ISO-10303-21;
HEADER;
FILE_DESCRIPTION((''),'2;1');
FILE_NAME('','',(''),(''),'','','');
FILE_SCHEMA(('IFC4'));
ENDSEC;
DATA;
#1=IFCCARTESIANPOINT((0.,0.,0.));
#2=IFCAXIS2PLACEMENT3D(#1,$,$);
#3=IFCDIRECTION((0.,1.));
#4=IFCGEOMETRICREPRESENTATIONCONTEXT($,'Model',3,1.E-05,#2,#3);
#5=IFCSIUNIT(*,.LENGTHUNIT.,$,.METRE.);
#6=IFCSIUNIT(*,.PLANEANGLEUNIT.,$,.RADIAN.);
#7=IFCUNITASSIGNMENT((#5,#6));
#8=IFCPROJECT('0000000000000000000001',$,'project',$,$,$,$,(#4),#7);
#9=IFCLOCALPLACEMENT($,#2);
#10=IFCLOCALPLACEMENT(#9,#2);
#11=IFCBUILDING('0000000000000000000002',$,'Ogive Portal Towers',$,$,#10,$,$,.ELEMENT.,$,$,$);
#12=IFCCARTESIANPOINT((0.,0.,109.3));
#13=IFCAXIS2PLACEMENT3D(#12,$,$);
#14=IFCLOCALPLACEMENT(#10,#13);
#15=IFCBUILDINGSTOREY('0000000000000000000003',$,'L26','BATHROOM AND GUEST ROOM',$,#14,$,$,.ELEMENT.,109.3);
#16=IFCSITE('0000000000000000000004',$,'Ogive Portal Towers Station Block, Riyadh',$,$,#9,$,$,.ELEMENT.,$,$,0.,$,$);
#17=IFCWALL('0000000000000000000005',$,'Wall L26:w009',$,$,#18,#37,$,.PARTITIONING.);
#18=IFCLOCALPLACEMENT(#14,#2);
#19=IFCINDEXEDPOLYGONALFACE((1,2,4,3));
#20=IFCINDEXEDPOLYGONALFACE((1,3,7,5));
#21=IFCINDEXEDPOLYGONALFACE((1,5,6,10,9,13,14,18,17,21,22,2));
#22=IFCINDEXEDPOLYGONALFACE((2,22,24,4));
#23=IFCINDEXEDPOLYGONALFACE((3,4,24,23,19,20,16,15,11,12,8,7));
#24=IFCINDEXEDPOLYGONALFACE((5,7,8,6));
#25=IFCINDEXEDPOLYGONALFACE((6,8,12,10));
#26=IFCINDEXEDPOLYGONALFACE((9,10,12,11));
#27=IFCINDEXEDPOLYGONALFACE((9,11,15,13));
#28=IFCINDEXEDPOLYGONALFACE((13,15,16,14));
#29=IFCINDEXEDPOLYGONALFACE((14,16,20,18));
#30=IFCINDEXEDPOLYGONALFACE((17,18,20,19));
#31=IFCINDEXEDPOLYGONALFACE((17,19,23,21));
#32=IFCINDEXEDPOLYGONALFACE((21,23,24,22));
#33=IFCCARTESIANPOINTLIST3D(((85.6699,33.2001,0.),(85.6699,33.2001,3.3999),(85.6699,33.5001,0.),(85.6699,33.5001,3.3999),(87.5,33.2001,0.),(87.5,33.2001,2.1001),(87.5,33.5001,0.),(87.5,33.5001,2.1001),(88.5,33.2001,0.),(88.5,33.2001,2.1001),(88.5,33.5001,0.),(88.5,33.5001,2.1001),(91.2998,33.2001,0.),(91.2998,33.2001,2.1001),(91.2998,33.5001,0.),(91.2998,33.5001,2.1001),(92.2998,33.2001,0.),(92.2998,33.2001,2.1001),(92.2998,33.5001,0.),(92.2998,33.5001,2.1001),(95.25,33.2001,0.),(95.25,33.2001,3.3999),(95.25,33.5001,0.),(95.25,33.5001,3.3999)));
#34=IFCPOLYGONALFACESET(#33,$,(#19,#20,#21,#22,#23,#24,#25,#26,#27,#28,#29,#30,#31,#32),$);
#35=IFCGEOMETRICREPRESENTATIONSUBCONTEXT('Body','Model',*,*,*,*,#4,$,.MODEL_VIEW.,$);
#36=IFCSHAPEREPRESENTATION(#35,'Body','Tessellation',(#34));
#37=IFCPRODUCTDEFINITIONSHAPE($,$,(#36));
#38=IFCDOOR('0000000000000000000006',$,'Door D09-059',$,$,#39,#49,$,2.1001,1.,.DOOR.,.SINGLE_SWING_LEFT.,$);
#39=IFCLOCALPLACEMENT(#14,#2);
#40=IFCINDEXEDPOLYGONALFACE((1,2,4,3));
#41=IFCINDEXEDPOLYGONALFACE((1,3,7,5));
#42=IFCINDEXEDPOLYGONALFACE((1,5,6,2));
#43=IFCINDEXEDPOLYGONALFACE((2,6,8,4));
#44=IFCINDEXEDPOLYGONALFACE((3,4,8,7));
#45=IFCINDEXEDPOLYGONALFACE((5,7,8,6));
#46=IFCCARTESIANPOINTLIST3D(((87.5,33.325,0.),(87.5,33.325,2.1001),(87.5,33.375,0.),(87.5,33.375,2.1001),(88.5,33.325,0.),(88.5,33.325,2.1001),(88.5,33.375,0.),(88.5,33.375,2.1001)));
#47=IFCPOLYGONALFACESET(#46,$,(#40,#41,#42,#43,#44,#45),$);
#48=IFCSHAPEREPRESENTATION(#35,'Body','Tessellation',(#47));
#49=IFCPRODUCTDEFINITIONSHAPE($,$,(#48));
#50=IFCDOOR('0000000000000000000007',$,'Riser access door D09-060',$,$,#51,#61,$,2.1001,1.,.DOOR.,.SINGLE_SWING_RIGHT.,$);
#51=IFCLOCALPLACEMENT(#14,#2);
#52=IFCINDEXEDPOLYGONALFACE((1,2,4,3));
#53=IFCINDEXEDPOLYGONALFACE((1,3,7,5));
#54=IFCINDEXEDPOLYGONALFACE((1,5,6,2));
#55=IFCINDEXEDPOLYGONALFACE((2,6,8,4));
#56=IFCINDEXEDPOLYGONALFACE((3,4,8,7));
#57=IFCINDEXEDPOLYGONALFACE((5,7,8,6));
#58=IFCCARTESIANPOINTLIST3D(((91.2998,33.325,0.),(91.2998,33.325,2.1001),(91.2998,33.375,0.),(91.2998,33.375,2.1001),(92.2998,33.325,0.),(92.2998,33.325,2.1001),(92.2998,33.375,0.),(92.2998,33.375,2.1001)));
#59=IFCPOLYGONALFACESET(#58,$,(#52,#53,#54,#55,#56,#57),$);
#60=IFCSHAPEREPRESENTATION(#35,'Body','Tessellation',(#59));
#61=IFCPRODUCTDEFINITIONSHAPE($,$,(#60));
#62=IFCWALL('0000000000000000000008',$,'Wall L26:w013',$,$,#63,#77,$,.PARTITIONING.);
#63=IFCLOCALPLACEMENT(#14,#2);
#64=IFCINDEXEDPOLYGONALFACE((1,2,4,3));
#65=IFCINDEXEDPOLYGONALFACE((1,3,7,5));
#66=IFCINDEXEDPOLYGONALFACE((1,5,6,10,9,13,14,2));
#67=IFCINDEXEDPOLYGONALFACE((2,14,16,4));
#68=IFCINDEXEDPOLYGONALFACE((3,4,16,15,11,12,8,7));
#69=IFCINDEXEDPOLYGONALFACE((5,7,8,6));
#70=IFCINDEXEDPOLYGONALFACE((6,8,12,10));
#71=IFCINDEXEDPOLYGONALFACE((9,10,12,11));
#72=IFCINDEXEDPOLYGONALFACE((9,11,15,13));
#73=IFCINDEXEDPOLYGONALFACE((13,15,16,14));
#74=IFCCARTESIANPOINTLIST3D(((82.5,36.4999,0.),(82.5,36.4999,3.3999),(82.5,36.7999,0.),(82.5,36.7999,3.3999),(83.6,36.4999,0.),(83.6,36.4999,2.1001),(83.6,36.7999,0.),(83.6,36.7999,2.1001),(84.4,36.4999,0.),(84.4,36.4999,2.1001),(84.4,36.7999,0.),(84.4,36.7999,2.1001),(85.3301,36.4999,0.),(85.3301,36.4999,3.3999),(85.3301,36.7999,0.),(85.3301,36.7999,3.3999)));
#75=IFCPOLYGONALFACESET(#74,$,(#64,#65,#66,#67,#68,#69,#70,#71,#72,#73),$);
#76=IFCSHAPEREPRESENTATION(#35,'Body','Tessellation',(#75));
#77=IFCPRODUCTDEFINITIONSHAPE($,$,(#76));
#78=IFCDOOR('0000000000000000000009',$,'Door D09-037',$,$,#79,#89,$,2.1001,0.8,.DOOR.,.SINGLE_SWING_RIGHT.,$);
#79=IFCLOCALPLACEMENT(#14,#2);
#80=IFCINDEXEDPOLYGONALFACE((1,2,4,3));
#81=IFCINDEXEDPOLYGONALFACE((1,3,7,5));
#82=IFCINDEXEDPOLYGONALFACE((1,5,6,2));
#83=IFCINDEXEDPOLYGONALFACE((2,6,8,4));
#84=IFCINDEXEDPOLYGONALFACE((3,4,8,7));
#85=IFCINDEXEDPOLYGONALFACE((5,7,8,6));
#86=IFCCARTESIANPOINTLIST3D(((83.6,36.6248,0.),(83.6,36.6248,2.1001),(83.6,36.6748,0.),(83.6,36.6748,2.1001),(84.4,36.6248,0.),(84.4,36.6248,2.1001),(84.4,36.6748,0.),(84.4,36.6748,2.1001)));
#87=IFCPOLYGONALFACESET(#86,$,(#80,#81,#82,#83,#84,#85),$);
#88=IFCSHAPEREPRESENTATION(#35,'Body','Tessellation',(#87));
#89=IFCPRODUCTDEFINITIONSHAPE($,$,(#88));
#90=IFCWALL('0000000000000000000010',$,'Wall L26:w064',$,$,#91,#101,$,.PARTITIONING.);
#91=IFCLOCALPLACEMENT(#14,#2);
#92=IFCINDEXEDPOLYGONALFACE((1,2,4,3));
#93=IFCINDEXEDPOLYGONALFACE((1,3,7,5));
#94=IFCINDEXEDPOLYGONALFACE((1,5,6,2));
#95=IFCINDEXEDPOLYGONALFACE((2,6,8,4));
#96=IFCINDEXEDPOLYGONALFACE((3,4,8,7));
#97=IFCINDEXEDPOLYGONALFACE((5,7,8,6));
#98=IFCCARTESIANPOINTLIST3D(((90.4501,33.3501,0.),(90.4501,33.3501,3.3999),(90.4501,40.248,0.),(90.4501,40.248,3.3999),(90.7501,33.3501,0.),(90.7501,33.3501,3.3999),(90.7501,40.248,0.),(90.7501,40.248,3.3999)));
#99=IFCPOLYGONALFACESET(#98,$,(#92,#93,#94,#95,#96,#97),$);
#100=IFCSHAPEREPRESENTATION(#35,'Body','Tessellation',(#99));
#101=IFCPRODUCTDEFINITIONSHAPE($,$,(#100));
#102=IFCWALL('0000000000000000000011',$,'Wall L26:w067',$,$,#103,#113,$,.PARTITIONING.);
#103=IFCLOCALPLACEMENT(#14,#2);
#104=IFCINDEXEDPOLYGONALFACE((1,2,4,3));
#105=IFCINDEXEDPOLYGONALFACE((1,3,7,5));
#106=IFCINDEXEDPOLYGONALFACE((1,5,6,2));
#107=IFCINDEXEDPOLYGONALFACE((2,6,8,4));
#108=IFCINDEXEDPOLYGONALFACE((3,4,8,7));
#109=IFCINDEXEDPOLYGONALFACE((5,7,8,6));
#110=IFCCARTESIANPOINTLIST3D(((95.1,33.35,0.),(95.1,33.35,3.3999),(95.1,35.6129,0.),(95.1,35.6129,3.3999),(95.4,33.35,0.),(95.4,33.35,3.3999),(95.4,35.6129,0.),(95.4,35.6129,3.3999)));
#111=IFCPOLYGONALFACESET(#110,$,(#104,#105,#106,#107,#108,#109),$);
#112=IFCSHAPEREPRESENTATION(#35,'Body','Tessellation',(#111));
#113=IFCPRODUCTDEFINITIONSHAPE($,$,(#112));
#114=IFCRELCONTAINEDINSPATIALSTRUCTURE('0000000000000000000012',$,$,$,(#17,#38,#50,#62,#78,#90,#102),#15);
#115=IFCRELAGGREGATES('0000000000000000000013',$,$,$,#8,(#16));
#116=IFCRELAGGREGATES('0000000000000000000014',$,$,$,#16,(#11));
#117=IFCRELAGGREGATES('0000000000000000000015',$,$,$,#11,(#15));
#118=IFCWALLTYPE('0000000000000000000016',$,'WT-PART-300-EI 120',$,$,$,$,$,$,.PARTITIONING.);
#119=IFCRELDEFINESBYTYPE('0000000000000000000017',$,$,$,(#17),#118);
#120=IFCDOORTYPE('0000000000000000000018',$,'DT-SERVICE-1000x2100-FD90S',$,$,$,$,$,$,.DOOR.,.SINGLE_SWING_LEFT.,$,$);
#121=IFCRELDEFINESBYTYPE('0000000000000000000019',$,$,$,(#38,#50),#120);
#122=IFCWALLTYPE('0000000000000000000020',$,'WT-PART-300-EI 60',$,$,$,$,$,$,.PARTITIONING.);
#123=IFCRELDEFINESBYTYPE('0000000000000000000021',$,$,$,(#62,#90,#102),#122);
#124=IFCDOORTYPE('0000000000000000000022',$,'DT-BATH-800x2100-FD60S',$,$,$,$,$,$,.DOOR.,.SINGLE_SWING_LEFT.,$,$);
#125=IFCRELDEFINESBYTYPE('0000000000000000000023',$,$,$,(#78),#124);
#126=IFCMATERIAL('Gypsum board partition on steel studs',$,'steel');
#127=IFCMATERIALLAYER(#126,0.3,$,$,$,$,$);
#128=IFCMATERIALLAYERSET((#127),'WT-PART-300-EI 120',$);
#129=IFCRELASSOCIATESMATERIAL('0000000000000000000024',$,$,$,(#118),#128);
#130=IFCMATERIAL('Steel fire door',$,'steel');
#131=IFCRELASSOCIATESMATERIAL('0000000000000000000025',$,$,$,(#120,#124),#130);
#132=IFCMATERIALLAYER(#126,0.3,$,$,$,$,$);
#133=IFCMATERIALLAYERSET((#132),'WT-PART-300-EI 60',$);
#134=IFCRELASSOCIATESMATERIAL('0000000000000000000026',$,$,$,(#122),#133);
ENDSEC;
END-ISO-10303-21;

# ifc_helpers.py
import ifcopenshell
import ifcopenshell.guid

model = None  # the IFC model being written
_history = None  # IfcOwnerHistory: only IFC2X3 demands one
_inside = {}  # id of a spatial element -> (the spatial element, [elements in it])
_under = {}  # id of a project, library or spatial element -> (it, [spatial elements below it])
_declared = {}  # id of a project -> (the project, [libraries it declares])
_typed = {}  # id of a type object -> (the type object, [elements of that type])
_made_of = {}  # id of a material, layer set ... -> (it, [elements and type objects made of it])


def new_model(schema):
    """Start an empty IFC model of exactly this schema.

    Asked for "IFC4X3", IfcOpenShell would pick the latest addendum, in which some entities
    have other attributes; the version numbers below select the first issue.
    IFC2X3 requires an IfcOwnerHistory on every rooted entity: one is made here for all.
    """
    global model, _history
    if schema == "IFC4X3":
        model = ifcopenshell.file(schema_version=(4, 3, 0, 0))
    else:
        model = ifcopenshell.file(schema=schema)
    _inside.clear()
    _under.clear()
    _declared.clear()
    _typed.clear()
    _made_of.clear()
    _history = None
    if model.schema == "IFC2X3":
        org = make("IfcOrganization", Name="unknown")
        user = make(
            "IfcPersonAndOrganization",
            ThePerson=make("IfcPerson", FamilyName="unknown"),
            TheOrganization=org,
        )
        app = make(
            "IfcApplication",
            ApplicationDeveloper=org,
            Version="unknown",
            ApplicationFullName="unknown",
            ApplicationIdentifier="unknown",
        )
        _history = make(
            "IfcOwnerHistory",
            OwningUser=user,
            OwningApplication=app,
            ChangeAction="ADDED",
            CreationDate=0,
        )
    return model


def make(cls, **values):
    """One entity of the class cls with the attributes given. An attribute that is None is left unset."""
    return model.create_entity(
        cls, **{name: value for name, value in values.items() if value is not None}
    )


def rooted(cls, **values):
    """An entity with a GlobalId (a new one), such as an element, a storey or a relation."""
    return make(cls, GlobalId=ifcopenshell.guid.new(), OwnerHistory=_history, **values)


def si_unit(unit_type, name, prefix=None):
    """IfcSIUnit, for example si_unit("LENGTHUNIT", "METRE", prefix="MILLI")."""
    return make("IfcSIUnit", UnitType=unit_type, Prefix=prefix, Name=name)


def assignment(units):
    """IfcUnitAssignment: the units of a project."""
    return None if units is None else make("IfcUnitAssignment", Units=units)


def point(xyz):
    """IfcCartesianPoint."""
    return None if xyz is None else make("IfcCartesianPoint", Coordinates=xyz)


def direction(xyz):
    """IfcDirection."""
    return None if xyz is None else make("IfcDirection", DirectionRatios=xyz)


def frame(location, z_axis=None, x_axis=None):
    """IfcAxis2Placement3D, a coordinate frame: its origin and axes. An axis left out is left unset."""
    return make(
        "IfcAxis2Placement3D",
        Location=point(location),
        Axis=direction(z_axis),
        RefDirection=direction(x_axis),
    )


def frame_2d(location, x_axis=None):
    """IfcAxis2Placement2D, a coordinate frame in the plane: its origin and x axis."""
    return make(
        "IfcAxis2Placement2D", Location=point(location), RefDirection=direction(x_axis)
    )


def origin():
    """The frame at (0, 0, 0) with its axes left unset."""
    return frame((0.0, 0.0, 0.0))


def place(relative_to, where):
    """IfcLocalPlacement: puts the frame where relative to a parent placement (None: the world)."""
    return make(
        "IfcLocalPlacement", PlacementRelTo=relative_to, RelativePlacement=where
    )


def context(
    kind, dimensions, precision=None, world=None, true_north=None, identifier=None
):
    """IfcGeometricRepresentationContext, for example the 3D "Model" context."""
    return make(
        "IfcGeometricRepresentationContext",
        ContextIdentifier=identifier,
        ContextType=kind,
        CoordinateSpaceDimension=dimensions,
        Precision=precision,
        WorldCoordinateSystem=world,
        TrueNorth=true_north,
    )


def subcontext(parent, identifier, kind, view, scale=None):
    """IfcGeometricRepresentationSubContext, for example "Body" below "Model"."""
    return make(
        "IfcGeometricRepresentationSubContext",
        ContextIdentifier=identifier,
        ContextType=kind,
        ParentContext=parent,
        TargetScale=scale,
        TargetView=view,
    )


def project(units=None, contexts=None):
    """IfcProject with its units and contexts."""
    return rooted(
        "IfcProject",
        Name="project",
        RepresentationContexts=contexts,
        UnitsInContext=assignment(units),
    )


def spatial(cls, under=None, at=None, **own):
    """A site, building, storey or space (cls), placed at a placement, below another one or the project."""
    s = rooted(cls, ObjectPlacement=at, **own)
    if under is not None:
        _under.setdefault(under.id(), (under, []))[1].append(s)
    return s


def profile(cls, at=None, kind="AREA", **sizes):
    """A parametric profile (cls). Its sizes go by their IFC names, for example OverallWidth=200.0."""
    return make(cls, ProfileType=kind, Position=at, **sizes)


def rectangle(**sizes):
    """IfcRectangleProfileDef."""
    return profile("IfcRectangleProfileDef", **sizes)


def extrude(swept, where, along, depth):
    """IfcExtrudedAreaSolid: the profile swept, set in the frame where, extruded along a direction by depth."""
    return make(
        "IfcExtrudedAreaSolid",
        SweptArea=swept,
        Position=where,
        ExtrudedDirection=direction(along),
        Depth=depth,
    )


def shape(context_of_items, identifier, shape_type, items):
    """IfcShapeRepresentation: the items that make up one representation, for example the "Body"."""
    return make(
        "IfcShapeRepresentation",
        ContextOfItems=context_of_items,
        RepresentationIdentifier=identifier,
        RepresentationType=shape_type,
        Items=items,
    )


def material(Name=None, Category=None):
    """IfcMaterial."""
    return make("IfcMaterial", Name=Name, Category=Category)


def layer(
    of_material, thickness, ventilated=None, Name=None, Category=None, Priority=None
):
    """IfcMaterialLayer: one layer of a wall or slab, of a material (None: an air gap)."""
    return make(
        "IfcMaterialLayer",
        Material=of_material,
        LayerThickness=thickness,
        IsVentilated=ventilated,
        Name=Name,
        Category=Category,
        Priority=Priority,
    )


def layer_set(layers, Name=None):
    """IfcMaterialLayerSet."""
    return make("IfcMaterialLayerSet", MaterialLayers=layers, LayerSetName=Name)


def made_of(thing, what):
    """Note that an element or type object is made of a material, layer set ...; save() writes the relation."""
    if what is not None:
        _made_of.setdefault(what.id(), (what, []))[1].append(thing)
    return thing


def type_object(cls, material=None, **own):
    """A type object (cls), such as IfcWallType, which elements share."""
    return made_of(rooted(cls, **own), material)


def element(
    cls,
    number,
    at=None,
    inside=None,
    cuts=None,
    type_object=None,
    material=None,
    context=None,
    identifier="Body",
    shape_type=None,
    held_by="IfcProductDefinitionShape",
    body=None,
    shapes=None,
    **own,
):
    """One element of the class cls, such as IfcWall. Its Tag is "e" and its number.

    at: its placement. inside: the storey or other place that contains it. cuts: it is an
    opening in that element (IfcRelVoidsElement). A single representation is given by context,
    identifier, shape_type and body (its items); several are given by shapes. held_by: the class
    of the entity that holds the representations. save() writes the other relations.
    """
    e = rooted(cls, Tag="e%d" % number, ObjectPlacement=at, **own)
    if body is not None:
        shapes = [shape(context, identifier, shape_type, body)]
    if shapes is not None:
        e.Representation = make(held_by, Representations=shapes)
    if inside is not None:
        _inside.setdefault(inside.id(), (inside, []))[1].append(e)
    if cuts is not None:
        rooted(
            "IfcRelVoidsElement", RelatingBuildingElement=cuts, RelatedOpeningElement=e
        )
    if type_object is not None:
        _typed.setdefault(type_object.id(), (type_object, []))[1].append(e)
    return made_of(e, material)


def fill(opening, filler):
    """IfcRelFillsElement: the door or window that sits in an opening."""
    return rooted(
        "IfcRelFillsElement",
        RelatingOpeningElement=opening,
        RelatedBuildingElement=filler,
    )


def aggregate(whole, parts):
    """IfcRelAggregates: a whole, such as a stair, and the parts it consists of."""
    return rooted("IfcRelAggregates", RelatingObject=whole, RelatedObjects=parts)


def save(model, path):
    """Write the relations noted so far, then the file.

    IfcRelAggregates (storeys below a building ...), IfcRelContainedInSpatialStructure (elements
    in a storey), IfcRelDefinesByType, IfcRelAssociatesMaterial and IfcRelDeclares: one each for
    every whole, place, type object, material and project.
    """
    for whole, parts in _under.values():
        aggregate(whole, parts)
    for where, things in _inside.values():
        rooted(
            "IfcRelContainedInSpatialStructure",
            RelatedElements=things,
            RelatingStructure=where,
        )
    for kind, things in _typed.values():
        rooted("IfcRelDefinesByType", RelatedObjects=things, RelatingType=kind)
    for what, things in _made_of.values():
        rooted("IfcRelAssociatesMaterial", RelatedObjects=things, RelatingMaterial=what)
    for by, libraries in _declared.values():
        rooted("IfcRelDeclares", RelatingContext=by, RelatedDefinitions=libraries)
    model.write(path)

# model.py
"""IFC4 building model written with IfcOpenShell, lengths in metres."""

from ifc_helpers import new_model, si_unit, direction, frame, frame_2d, origin, place, context, subcontext, project, spatial, rectangle, extrude, material, layer, layer_set, type_object, element, fill, save


model = new_model("IFC4")

# Units and contexts
model_context = context("Model", 3, precision=1e-05, world=origin(), true_north=direction((0.0, 1.0)))
body_context = subcontext(model_context, "Body", "Model", "MODEL_VIEW")
ifc_project = project(units=[si_unit("LENGTHUNIT", "METRE"), si_unit("PLANEANGLEUNIT", "RADIAN")], contexts=[model_context])

# Site, building, storey
site_placement = place(None, origin())
site = spatial("IfcSite", under=ifc_project, at=site_placement, Name="Ogive Portal Towers Station Block, Riyadh", CompositionType="ELEMENT", RefElevation=0.0)
building_placement = place(site_placement, origin())
building = spatial("IfcBuilding", under=site, at=building_placement, Name="Ogive Portal Towers", CompositionType="ELEMENT")
storey_placement = place(building_placement, frame((0.0, 0.0, 109.3)))
storey = spatial("IfcBuildingStorey", under=building, at=storey_placement, Name="L26", Description="BATHROOM AND GUEST ROOM", CompositionType="ELEMENT", Elevation=109.3)

# Wall, openings, doors
ifc_material_1 = material(Name="Gypsum board partition on steel studs", Category="steel")
ifc_layer_1 = layer(ifc_material_1, 0.3)
ifc_layer_set_1 = layer_set([ifc_layer_1], Name="WT-PART-300-EI 120")
wall_type_1 = type_object("IfcWallType", Name="WT-PART-300-EI 120", PredefinedType="PARTITIONING", material=ifc_layer_set_1)
wall_1_placement = place(storey_placement, frame((85.6699, 33.3501, 0.0), z_axis=(0.0, 0.0, 1.0), x_axis=(1.0, 0.0, 0.0)))
wall_1 = element("IfcWall", 1, at=wall_1_placement, inside=storey, type_object=wall_type_1, Name="Wall L26:w009", PredefinedType="PARTITIONING", context=body_context, shape_type="SweptSolid", body=[
    extrude(rectangle(XDim=9.5801, YDim=0.3, at=frame_2d((4.79, 0.0))), origin(), (0.0, 0.0, 1.0), 3.3999),
])
opening_1_placement = place(wall_1_placement, frame((1.8301, 0.0, 0.0)))
opening_1 = element("IfcOpeningElement", 2, at=opening_1_placement, cuts=wall_1, PredefinedType="OPENING", context=body_context, shape_type="SweptSolid", body=[
    extrude(rectangle(XDim=1.0, YDim=2.1001, at=frame_2d((0.5, 1.05))), frame((0.0, 0.1602, 0.0), z_axis=(0.0, -1.0, 0.0), x_axis=(1.0, 0.0, 0.0)), (0.0, 0.0, 1.0), 0.3201),
])
opening_2_placement = place(wall_1_placement, frame((5.6299, 0.0, 0.0)))
opening_2 = element("IfcOpeningElement", 3, at=opening_2_placement, cuts=wall_1, PredefinedType="OPENING", context=body_context, shape_type="SweptSolid", body=[
    extrude(rectangle(XDim=1.0, YDim=2.1001, at=frame_2d((0.5, 1.05))), frame((0.0, 0.1602, 0.0), z_axis=(0.0, -1.0, 0.0), x_axis=(1.0, 0.0, 0.0)), (0.0, 0.0, 1.0), 0.3201),
])
ifc_material_2 = material(Name="Steel fire door", Category="steel")
door_type_1 = type_object("IfcDoorType", Name="DT-SERVICE-1000x2100-FD90S", OperationType="SINGLE_SWING_LEFT", PredefinedType="DOOR", material=ifc_material_2)
door_1_placement = place(opening_1_placement, origin())
door_1 = element("IfcDoor", 4, at=door_1_placement, inside=storey, type_object=door_type_1, Name="Door D09-059", OperationType="SINGLE_SWING_LEFT", OverallHeight=2.1001, OverallWidth=1.0, PredefinedType="DOOR", context=body_context, shape_type="SweptSolid", body=[
    extrude(rectangle(XDim=1.0, YDim=2.1001, at=frame_2d((0.5, 1.05))), frame((0.0, 0.0249, 0.0), z_axis=(0.0, -1.0, 0.0), x_axis=(1.0, 0.0, 0.0)), (0.0, 0.0, 1.0), 0.05),
])
fill(opening_1, door_1)
door_2_placement = place(opening_2_placement, origin())
door_2 = element("IfcDoor", 5, at=door_2_placement, inside=storey, type_object=door_type_1, Name="Riser access door D09-060", OperationType="SINGLE_SWING_RIGHT", OverallHeight=2.1001, OverallWidth=1.0, PredefinedType="DOOR", context=body_context, shape_type="SweptSolid", body=[
    extrude(rectangle(XDim=1.0, YDim=2.1001, at=frame_2d((0.5, 1.05))), frame((0.0, 0.0249, 0.0), z_axis=(0.0, -1.0, 0.0), x_axis=(1.0, 0.0, 0.0)), (0.0, 0.0, 1.0), 0.05),
])
fill(opening_2, door_2)

# Wall, opening, door
ifc_layer_2 = layer(ifc_material_1, 0.3)
ifc_layer_set_2 = layer_set([ifc_layer_2], Name="WT-PART-300-EI 60")
wall_type_2 = type_object("IfcWallType", Name="WT-PART-300-EI 60", PredefinedType="PARTITIONING", material=ifc_layer_set_2)
wall_2_placement = place(storey_placement, frame((82.5, 36.6499, 0.0), z_axis=(0.0, 0.0, 1.0), x_axis=(1.0, 0.0, 0.0)))
wall_2 = element("IfcWall", 6, at=wall_2_placement, inside=storey, type_object=wall_type_2, Name="Wall L26:w013", PredefinedType="PARTITIONING", context=body_context, shape_type="SweptSolid", body=[
    extrude(rectangle(XDim=2.8301, YDim=0.3, at=frame_2d((1.415, 0.0))), origin(), (0.0, 0.0, 1.0), 3.3999),
])
opening_3_placement = place(wall_2_placement, frame((1.1001, 0.0, 0.0)))
opening_3 = element("IfcOpeningElement", 7, at=opening_3_placement, cuts=wall_2, PredefinedType="OPENING", context=body_context, shape_type="SweptSolid", body=[
    extrude(rectangle(XDim=0.8, YDim=2.1001, at=frame_2d((0.3999, 1.05))), frame((0.0, 0.1602, 0.0), z_axis=(0.0, -1.0, 0.0), x_axis=(1.0, 0.0, 0.0)), (0.0, 0.0, 1.0), 0.3201),
])
door_type_2 = type_object("IfcDoorType", Name="DT-BATH-800x2100-FD60S", OperationType="SINGLE_SWING_LEFT", PredefinedType="DOOR", material=ifc_material_2)
door_3_placement = place(opening_3_placement, origin())
door_3 = element("IfcDoor", 8, at=door_3_placement, inside=storey, type_object=door_type_2, Name="Door D09-037", OperationType="SINGLE_SWING_RIGHT", OverallHeight=2.1001, OverallWidth=0.8, PredefinedType="DOOR", context=body_context, shape_type="SweptSolid", body=[
    extrude(rectangle(XDim=0.8, YDim=2.1001, at=frame_2d((0.3999, 1.05))), frame((0.0, 0.0249, 0.0), z_axis=(0.0, -1.0, 0.0), x_axis=(1.0, 0.0, 0.0)), (0.0, 0.0, 1.0), 0.05),
])
fill(opening_3, door_3)

# Walls
wall_3_placement = place(storey_placement, frame((90.6001, 33.3501, 0.0), z_axis=(0.0, 0.0, 1.0), x_axis=(0.0, 1.0, 0.0)))
element("IfcWall", 9, at=wall_3_placement, inside=storey, type_object=wall_type_2, Name="Wall L26:w064", PredefinedType="PARTITIONING", context=body_context, shape_type="SweptSolid", body=[
    extrude(rectangle(XDim=6.8979, YDim=0.3, at=frame_2d((3.449, 0.0))), origin(), (0.0, 0.0, 1.0), 3.3999),
])
wall_4_placement = place(storey_placement, frame((95.25, 33.3501, 0.0), z_axis=(0.0, 0.0, 1.0), x_axis=(0.0, 1.0, 0.0)))
element("IfcWall", 10, at=wall_4_placement, inside=storey, type_object=wall_type_2, Name="Wall L26:w067", PredefinedType="PARTITIONING", context=body_context, shape_type="SweptSolid", body=[
    extrude(rectangle(XDim=2.2629, YDim=0.3, at=frame_2d((1.1313, 0.0))), origin(), (0.0, 0.0, 1.0), 3.3999),
])

save(model, "model.ifc")
